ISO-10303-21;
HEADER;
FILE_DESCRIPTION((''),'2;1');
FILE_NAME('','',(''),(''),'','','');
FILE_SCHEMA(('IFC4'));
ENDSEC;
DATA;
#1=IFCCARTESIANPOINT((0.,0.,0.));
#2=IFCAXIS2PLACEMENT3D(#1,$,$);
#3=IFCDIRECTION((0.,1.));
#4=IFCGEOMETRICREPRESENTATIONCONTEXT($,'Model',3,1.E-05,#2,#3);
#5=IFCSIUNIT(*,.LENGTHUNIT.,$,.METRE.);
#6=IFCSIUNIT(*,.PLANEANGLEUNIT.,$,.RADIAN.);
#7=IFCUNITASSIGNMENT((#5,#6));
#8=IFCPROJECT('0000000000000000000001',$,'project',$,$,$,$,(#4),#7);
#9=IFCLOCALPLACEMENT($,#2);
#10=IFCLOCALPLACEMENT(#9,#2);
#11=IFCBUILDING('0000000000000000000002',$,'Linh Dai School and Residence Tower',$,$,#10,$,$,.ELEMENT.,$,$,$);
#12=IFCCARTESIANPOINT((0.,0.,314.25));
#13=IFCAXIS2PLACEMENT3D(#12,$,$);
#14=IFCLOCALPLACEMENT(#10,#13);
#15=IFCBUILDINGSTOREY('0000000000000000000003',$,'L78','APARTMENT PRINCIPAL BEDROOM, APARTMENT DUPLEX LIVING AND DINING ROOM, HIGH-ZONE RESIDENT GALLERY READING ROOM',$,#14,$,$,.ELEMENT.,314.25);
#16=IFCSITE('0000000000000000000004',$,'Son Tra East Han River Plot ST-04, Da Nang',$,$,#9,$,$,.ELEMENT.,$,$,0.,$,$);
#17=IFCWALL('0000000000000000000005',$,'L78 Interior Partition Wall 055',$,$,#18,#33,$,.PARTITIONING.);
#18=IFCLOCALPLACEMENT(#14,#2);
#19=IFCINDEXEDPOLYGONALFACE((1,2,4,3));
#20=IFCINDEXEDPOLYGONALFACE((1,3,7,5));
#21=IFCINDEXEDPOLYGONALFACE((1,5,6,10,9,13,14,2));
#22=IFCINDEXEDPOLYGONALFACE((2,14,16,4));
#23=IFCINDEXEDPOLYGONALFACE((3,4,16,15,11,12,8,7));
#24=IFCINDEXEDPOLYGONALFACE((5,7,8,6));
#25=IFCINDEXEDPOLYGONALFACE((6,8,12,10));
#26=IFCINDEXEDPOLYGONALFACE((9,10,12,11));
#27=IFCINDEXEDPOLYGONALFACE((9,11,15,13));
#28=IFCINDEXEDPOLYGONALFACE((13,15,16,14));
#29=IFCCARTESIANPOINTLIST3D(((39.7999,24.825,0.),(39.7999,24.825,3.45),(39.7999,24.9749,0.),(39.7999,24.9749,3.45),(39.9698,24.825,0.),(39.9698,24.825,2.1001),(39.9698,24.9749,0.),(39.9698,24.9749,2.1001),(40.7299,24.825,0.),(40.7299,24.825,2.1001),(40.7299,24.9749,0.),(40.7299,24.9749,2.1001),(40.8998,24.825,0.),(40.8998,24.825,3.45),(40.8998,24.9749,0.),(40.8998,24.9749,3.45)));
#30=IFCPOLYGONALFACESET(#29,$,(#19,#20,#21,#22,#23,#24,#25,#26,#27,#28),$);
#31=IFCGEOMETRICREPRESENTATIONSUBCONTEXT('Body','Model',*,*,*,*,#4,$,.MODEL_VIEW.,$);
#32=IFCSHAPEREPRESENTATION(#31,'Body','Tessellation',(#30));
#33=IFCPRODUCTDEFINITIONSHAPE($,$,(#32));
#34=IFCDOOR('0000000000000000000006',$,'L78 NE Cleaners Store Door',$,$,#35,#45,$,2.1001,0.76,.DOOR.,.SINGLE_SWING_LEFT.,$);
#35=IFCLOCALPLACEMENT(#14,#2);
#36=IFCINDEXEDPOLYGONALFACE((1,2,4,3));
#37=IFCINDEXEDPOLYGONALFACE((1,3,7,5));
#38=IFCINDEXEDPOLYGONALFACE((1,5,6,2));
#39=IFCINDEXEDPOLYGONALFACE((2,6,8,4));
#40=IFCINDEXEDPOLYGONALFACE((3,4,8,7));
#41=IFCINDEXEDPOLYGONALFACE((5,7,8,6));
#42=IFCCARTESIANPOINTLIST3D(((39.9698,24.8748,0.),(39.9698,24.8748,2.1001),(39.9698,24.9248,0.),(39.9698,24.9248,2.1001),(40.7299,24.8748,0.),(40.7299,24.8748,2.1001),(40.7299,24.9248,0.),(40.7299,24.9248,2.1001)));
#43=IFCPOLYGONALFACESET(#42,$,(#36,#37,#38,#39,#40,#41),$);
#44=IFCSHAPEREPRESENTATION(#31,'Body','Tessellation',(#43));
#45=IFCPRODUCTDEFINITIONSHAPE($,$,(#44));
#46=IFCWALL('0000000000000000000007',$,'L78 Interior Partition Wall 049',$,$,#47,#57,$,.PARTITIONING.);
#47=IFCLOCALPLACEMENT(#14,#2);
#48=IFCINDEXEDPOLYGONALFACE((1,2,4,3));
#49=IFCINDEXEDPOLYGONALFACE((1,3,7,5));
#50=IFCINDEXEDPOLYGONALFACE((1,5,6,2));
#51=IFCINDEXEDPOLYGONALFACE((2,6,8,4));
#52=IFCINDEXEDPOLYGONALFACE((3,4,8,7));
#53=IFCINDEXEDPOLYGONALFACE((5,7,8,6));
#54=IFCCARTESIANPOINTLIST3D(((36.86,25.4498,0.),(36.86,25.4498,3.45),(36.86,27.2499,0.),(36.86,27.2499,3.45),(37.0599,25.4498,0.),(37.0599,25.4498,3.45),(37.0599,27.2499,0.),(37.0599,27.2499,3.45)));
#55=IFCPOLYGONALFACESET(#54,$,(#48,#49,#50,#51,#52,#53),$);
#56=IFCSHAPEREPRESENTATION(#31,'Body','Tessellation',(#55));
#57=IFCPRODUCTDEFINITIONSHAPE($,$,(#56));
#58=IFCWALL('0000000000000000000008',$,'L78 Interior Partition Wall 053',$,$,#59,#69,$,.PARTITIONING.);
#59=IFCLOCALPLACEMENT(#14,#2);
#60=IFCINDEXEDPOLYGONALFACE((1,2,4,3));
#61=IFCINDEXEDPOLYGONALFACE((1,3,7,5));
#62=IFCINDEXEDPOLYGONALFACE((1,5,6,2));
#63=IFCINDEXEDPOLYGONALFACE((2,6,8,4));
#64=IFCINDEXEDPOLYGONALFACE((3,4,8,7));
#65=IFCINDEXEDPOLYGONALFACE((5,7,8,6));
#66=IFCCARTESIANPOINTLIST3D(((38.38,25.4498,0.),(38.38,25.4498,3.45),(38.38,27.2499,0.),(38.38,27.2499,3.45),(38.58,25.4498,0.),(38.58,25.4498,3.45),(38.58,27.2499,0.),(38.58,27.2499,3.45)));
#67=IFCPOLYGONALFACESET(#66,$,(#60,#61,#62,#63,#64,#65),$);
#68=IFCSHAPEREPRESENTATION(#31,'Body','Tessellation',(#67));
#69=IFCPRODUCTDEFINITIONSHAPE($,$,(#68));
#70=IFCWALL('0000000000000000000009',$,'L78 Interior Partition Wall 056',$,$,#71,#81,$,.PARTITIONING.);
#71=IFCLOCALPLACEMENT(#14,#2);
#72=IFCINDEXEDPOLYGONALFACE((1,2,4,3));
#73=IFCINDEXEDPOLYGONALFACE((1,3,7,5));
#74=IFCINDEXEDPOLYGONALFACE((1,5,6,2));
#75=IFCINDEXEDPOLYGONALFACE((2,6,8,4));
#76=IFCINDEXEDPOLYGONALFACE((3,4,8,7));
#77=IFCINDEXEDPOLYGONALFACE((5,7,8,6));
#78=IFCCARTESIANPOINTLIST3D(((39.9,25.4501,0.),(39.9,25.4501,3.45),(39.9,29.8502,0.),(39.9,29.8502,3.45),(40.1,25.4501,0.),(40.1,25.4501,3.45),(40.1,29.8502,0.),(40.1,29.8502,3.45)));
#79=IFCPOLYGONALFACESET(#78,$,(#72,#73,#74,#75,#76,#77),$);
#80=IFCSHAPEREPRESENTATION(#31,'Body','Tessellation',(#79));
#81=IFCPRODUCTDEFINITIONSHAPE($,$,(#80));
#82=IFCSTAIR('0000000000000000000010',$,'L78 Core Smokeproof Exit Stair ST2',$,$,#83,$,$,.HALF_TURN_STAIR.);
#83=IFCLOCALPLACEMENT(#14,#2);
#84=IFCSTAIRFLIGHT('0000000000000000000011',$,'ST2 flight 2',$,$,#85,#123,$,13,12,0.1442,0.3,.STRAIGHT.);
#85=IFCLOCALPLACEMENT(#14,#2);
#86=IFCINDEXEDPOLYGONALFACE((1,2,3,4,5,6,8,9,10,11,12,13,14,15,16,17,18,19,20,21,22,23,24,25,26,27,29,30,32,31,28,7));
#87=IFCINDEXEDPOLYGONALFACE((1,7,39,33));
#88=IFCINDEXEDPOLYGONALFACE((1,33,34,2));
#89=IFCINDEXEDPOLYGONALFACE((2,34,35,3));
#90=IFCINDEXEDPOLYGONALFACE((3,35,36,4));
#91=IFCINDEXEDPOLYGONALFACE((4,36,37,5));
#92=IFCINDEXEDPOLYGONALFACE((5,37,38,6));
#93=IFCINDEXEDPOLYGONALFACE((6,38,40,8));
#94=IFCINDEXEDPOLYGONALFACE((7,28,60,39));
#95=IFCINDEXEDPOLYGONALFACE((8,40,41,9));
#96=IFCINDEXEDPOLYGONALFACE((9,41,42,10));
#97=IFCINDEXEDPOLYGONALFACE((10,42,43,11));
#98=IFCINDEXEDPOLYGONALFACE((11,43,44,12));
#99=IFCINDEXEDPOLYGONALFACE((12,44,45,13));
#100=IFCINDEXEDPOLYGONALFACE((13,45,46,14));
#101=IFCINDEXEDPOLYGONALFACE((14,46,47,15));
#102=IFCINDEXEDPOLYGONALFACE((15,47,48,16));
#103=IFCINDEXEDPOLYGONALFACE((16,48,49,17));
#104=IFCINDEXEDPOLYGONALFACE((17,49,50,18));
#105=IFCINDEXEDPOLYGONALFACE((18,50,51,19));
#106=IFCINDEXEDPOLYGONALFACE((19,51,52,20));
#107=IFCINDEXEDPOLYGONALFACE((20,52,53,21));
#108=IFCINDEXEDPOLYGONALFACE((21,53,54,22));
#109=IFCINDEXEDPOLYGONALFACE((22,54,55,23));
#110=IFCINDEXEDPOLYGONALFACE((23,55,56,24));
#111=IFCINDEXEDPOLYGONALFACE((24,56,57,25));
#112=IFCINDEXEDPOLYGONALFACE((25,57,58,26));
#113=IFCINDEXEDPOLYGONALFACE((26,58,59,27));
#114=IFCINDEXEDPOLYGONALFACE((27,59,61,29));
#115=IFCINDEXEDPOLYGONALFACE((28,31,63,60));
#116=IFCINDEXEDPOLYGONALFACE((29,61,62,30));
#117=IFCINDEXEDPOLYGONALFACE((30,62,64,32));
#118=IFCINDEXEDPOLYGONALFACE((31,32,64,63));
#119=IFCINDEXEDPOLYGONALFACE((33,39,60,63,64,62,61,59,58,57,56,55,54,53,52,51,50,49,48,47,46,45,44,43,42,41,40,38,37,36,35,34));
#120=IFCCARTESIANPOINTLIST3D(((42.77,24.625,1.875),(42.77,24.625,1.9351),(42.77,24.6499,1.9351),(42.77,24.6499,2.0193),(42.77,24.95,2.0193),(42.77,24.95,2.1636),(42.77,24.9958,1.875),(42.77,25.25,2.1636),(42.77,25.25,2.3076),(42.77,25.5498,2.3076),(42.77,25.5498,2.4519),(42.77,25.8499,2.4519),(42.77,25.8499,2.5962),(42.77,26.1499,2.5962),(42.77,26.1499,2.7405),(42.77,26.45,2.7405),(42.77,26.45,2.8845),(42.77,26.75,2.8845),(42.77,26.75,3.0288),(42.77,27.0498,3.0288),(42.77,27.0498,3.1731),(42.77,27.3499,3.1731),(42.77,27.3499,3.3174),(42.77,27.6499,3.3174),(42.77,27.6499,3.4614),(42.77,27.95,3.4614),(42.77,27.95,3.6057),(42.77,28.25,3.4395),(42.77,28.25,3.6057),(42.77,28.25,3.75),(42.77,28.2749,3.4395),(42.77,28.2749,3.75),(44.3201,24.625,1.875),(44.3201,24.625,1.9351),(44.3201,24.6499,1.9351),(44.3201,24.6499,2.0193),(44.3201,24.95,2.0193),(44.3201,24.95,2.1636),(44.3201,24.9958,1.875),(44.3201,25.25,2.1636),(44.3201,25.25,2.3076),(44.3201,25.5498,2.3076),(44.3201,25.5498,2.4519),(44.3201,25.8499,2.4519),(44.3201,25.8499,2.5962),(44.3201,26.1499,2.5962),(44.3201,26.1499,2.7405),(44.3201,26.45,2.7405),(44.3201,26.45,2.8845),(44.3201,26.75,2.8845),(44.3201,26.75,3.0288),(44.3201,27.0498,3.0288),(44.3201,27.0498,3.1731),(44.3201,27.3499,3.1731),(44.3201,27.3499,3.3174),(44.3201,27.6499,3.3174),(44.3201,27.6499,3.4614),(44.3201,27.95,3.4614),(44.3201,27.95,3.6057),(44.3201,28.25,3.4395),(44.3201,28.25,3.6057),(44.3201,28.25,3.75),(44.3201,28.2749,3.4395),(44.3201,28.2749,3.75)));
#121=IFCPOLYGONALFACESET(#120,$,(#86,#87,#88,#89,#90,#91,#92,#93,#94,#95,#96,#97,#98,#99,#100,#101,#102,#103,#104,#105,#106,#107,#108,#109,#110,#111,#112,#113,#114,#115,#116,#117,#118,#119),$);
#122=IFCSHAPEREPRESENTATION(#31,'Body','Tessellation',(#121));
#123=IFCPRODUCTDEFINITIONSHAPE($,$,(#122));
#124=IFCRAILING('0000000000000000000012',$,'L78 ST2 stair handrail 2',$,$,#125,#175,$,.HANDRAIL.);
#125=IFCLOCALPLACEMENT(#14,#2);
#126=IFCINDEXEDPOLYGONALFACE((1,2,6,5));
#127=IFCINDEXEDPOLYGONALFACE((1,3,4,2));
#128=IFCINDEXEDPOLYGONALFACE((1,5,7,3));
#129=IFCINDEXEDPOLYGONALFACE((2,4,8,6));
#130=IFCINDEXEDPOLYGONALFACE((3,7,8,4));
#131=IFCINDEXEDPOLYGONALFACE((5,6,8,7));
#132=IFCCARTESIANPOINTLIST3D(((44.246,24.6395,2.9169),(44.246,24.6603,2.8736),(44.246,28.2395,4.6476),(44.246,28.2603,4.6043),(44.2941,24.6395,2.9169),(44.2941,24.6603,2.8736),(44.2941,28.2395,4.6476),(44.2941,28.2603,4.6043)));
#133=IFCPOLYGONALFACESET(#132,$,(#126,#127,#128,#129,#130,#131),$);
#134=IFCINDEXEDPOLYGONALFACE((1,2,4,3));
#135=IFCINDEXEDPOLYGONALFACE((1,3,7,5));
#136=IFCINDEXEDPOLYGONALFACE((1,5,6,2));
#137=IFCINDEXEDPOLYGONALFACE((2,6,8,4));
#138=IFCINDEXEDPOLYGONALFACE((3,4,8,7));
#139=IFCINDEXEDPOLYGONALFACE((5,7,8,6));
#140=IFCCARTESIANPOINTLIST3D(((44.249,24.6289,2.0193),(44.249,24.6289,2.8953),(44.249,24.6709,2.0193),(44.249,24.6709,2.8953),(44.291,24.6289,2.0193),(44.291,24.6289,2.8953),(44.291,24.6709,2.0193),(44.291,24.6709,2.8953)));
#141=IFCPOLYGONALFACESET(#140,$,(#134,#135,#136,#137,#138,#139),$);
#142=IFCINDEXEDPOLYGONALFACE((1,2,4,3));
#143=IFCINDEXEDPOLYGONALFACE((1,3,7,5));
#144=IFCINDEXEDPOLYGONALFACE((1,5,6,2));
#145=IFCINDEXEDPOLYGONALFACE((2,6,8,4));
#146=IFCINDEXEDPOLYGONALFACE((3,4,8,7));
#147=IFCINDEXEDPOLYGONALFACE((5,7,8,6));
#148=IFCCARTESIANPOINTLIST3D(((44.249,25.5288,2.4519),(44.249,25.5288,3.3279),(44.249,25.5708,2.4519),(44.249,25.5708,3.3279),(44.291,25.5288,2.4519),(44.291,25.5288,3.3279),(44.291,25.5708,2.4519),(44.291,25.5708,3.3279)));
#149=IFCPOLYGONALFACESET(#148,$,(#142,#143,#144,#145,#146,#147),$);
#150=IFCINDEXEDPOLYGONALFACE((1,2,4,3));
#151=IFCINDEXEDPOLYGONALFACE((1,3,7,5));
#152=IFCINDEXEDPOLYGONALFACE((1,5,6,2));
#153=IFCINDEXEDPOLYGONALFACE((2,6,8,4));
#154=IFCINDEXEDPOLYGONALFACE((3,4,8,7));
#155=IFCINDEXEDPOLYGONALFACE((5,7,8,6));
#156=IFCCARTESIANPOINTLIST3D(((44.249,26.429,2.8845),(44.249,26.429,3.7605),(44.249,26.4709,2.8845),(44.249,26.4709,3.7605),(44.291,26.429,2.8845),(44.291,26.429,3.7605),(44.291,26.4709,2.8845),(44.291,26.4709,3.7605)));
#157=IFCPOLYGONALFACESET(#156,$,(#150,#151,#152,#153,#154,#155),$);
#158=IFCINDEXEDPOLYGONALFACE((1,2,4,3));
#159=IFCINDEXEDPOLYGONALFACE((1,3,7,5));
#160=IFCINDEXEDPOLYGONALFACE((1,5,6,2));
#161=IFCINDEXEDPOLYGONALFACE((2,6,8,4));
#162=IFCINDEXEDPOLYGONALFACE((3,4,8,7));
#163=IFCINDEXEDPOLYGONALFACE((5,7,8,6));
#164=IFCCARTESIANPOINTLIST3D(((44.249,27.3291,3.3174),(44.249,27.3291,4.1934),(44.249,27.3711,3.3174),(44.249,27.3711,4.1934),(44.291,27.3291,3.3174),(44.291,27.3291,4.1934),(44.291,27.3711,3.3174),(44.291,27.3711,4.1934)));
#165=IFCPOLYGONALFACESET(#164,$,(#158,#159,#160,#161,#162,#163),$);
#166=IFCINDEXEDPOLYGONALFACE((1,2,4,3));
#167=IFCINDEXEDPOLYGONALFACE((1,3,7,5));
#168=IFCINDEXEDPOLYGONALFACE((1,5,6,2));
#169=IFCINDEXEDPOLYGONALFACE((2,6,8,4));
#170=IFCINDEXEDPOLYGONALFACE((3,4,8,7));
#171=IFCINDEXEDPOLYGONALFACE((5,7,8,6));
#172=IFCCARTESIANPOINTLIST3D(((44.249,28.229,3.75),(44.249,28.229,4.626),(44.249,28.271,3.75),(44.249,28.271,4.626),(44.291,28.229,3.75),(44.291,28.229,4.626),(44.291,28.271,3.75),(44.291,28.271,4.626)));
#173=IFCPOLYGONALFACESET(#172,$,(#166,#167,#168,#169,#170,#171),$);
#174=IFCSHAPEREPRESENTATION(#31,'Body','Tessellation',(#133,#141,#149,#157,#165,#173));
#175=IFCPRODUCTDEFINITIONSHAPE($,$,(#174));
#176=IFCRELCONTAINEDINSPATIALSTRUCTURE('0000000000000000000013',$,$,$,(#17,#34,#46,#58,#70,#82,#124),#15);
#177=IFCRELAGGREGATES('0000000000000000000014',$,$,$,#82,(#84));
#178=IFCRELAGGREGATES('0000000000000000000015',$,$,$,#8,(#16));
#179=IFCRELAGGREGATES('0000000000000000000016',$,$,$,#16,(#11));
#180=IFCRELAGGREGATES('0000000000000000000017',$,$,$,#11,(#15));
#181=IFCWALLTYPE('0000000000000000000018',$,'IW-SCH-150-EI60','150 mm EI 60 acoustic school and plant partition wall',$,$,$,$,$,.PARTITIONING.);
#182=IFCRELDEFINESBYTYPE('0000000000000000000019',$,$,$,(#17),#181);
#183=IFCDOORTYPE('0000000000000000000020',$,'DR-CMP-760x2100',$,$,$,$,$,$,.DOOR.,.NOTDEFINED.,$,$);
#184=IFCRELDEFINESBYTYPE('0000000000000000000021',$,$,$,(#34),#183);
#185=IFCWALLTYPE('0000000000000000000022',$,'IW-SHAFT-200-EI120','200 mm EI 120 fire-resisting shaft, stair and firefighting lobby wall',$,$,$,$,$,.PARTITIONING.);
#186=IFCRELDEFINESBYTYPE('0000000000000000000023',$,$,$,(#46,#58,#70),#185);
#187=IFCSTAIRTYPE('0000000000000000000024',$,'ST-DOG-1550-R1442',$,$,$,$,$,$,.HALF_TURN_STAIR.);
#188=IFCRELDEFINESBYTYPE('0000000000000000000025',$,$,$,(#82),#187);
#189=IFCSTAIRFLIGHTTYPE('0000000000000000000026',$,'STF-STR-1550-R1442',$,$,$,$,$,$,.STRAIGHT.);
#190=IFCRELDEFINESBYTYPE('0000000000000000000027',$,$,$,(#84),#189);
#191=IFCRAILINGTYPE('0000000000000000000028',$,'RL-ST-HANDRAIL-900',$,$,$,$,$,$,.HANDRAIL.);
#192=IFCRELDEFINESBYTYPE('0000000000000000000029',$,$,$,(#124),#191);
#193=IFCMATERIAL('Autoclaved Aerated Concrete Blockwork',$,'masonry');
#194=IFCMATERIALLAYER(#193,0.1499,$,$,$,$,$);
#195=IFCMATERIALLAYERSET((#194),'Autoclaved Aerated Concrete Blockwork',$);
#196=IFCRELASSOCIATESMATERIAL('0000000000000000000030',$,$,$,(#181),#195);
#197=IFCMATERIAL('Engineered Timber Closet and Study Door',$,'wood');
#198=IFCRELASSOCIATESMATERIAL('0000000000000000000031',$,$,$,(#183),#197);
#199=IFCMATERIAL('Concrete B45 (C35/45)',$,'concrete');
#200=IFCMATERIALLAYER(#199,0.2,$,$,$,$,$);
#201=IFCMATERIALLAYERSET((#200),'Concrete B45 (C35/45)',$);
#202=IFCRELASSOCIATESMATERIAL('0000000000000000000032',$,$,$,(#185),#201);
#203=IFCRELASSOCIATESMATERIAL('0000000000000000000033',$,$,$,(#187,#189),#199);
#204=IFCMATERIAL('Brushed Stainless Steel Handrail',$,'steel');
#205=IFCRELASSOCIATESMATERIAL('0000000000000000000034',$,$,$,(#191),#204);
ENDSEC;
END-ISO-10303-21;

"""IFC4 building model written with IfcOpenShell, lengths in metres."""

from ifc_helpers import new_model, si_unit, direction, frame, frame_2d, origin, origin_2d, place, context, subcontext, project, spatial, polyline, rectangle, outline, extrude, source, transform, mapped, material, layer, layer_set, type_object, element, fill, aggregate, save


model = new_model("IFC4")

# Units and contexts
model_context = context("Model", 3, precision=1e-05, world=origin(), true_north=direction((0.0, 1.0)))
body_context = subcontext(model_context, "Body", "Model", "MODEL_VIEW")
ifc_project = project(units=[si_unit("LENGTHUNIT", "METRE"), si_unit("PLANEANGLEUNIT", "RADIAN")], contexts=[model_context])

# Site, building, storey
site_placement = place(None, origin())
site = spatial("IfcSite", under=ifc_project, at=site_placement, Name="Son Tra East Han River Plot ST-04, Da Nang", CompositionType="ELEMENT", RefElevation=0.0)
building_placement = place(site_placement, origin())
building = spatial("IfcBuilding", under=site, at=building_placement, Name="Linh Dai School and Residence Tower", CompositionType="ELEMENT")
storey_placement = place(building_placement, frame((0.0, 0.0, 314.25)))
storey = spatial("IfcBuildingStorey", under=building, at=storey_placement, Name="L78", Description="APARTMENT PRINCIPAL BEDROOM, APARTMENT DUPLEX LIVING AND DINING ROOM, HIGH-ZONE RESIDENT GALLERY READING ROOM", CompositionType="ELEMENT", Elevation=314.25)

# Shared definitions
ifc_material_1 = material(Name="Autoclaved Aerated Concrete Blockwork", Category="masonry")

# Wall, opening, door
ifc_layer_1 = layer(ifc_material_1, 0.1499)
ifc_layer_set_1 = layer_set([ifc_layer_1], Name="Autoclaved Aerated Concrete Blockwork")
wall_type_1 = type_object("IfcWallType", Name="IW-SCH-150-EI60", Description="150 mm EI 60 acoustic school and plant partition wall", PredefinedType="PARTITIONING", material=ifc_layer_set_1)
wall_1_placement = place(storey_placement, frame((39.8, 24.8999, 0.0), z_axis=(0.0, 0.0, 1.0), x_axis=(1.0, 0.0, 0.0)))
wall_1 = element("IfcWall", 1, at=wall_1_placement, inside=storey, type_object=wall_type_1, Name="L78 Interior Partition Wall 055", PredefinedType="PARTITIONING", context=body_context, shape_type="SweptSolid", body=[
    extrude(rectangle(XDim=1.0999, YDim=0.1499, at=frame_2d((0.5498, 0.0))), origin(), (0.0, 0.0, 1.0), 3.45),
])
opening_1_placement = place(wall_1_placement, frame((0.1699, 0.0, 0.0)))
opening_1 = element("IfcOpeningElement", 2, at=opening_1_placement, cuts=wall_1, PredefinedType="OPENING", context=body_context, shape_type="SweptSolid", body=[
    extrude(rectangle(XDim=0.76, YDim=2.1001, at=origin_2d()), frame((0.3799, 0.085, 1.05), z_axis=(0.0, -1.0, 0.0), x_axis=(1.0, 0.0, 0.0)), (0.0, 0.0, 1.0), 0.1699),
])
ifc_material_2 = material(Name="Engineered Timber Closet and Study Door", Category="wood")
door_type_1 = type_object("IfcDoorType", Name="DR-CMP-760x2100", OperationType="NOTDEFINED", PredefinedType="DOOR", material=ifc_material_2)
shared_shape_1 = source(origin(), body_context, "Body", "SweptSolid", [
    extrude(rectangle(XDim=0.76, YDim=2.1001, at=origin_2d()), frame((0.3799, 0.0249, 1.05), z_axis=(0.0, -1.0, 0.0), x_axis=(1.0, 0.0, 0.0)), (0.0, 0.0, 1.0), 0.05),
])
door_1_placement = place(opening_1_placement, origin())
door_1 = element("IfcDoor", 3, at=door_1_placement, inside=storey, type_object=door_type_1, Name="L78 NE Cleaners Store Door", OperationType="SINGLE_SWING_LEFT", OverallHeight=2.1001, OverallWidth=0.76, PredefinedType="DOOR", context=body_context, shape_type="MappedRepresentation", body=[
    mapped(shared_shape_1, transform((0.0, 0.0, 0.0), x_axis=(1.0, 0.0, 0.0), y_axis=(0.0, 1.0, 0.0), z_axis=(0.0, 0.0, 1.0), scale=1.0)),
])
fill(opening_1, door_1)

# Walls
ifc_material_3 = material(Name="Concrete B45 (C35/45)", Category="concrete")
ifc_layer_2 = layer(ifc_material_3, 0.2)
ifc_layer_set_2 = layer_set([ifc_layer_2], Name="Concrete B45 (C35/45)")
wall_type_2 = type_object("IfcWallType", Name="IW-SHAFT-200-EI120", Description="200 mm EI 120 fire-resisting shaft, stair and firefighting lobby wall", PredefinedType="PARTITIONING", material=ifc_layer_set_2)
for number, where, z_axis, x_axis, name in (
    (4, (36.96, 25.45, 0.0), (0.0, 0.0, 1.0), (0.0, 1.0, 0.0), "L78 Interior Partition Wall 049"),
    (5, (38.48, 25.45, 0.0), (0.0, 0.0, 1.0), (0.0, 1.0, 0.0), "L78 Interior Partition Wall 053"),
):
    element("IfcWall", number, at=place(storey_placement, frame(where, z_axis=z_axis, x_axis=x_axis)), inside=storey, type_object=wall_type_2, Name=name, PredefinedType="PARTITIONING", context=body_context, shape_type="SweptSolid", body=[
        extrude(rectangle(XDim=1.8, YDim=0.2, at=frame_2d((0.8999, 0.0))), origin(), (0.0, 0.0, 1.0), 3.45),
    ])
wall_2_placement = place(storey_placement, frame((40.0, 25.45, 0.0), z_axis=(0.0, 0.0, 1.0), x_axis=(0.0, 1.0, 0.0)))
element("IfcWall", 6, at=wall_2_placement, inside=storey, type_object=wall_type_2, Name="L78 Interior Partition Wall 056", PredefinedType="PARTITIONING", context=body_context, shape_type="SweptSolid", body=[
    extrude(rectangle(XDim=4.4001, YDim=0.2, at=frame_2d((2.2002, 0.0))), origin(), (0.0, 0.0, 1.0), 3.45),
])

# Stair, stair flight
stair_type = type_object("IfcStairType", Name="ST-DOG-1550-R1442", PredefinedType="HALF_TURN_STAIR", material=ifc_material_3)
stair_placement = place(storey_placement, origin())
stair = element("IfcStair", 7, at=stair_placement, inside=storey, type_object=stair_type, Name="L78 Core Smokeproof Exit Stair ST2", PredefinedType="HALF_TURN_STAIR")
stair_flight_type = type_object("IfcStairFlightType", Name="STF-STR-1550-R1442", PredefinedType="STRAIGHT", material=ifc_material_3)
shared_shape_2 = source(origin(), body_context, "Body", "SweptSolid", [
    extrude(outline(polyline([(-0.0249, 0.0), (-0.0249, 0.0601), (0.0, 0.0601), (0.0, 0.1443), (0.3, 0.1443), (0.3, 0.2886), (0.6001, 0.2886), (0.6001, 0.4326), (0.8999, 0.4326), (0.8999, 0.5769), (1.2, 0.5769), (1.2, 0.7212), (1.5, 0.7212), (1.5, 0.8655), (1.8, 0.8655), (1.8, 1.0095), (2.1001, 1.0095), (2.1001, 1.1538), (2.3999, 1.1538), (2.3999, 1.2981), (2.7, 1.2981), (2.7, 1.4424), (3.0, 1.4424), (3.0, 1.5864), (3.3, 1.5864), (3.3, 1.7307), (3.6001, 1.7307), (3.6001, 1.875), (3.625, 1.875), (3.625, 1.5645), (3.6001, 1.5645), (0.3459, 0.0), (-0.0249, 0.0)])), frame((0.0, 0.7749, 0.0), z_axis=(0.0, -1.0, 0.0), x_axis=(1.0, 0.0, 0.0)), (0.0, 0.0, 1.0), 1.55),
])
stair_flight_placement = place(storey_placement, frame((43.5449, 24.6499, 1.875), z_axis=(0.0, 0.0, 1.0), x_axis=(0.0, 1.0, 0.0)))
stair_flight = element("IfcStairFlight", 8, at=stair_flight_placement, type_object=stair_flight_type, Name="ST2 flight 2", NumberOfRisers=13, NumberOfTreads=12, PredefinedType="STRAIGHT", RiserHeight=0.1442, TreadLength=0.3, context=body_context, shape_type="MappedRepresentation", body=[
    mapped(shared_shape_2, transform((0.0, 0.0, 0.0), x_axis=(1.0, 0.0, 0.0), y_axis=(0.0, 1.0, 0.0), z_axis=(0.0, 0.0, 1.0), scale=1.0)),
])
aggregate(stair, [stair_flight])

# Railing
ifc_material_4 = material(Name="Brushed Stainless Steel Handrail", Category="steel")
railing_type_1 = type_object("IfcRailingType", Name="RL-ST-HANDRAIL-900", PredefinedType="HANDRAIL", material=ifc_material_4)
shared_shape_3 = source(origin(), body_context, "Body", "SweptSolid", [
    extrude(rectangle(XDim=0.0481, YDim=0.0481, at=origin_2d()), frame((0.0, 0.0, 0.876), z_axis=(0.0, 0.901263, 0.433273), x_axis=(-1.0, 0.0, 0.0)), (0.0, 0.0, 1.0), 3.9944),
    extrude(rectangle(XDim=0.042, YDim=0.042, at=origin_2d()), origin(), (0.0, 0.0, 1.0), 0.876),
    extrude(rectangle(XDim=0.042, YDim=0.042, at=origin_2d()), frame((0.0, 0.8999, 0.4326)), (0.0, 0.0, 1.0), 0.876),
    extrude(rectangle(XDim=0.042, YDim=0.042, at=origin_2d()), frame((0.0, 1.8, 0.8652)), (0.0, 0.0, 1.0), 0.876),
    extrude(rectangle(XDim=0.042, YDim=0.042, at=origin_2d()), frame((0.0, 2.7002, 1.2981)), (0.0, 0.0, 1.0), 0.876),
    extrude(rectangle(XDim=0.042, YDim=0.042, at=origin_2d()), frame((0.0, 3.6001, 1.7307)), (0.0, 0.0, 1.0), 0.876),
])
railing_1_placement = place(storey_placement, frame((44.27, 24.6499, 2.0193)))
element("IfcRailing", 9, at=railing_1_placement, inside=storey, type_object=railing_type_1, Name="L78 ST2 stair handrail 2", PredefinedType="HANDRAIL", context=body_context, shape_type="MappedRepresentation", body=[
    mapped(shared_shape_3, transform((0.0, 0.0, 0.0), x_axis=(1.0, 0.0, 0.0), y_axis=(0.0, 1.0, 0.0), z_axis=(0.0, 0.0, 1.0), scale=1.0)),
])

save(model, "model.ifc")
